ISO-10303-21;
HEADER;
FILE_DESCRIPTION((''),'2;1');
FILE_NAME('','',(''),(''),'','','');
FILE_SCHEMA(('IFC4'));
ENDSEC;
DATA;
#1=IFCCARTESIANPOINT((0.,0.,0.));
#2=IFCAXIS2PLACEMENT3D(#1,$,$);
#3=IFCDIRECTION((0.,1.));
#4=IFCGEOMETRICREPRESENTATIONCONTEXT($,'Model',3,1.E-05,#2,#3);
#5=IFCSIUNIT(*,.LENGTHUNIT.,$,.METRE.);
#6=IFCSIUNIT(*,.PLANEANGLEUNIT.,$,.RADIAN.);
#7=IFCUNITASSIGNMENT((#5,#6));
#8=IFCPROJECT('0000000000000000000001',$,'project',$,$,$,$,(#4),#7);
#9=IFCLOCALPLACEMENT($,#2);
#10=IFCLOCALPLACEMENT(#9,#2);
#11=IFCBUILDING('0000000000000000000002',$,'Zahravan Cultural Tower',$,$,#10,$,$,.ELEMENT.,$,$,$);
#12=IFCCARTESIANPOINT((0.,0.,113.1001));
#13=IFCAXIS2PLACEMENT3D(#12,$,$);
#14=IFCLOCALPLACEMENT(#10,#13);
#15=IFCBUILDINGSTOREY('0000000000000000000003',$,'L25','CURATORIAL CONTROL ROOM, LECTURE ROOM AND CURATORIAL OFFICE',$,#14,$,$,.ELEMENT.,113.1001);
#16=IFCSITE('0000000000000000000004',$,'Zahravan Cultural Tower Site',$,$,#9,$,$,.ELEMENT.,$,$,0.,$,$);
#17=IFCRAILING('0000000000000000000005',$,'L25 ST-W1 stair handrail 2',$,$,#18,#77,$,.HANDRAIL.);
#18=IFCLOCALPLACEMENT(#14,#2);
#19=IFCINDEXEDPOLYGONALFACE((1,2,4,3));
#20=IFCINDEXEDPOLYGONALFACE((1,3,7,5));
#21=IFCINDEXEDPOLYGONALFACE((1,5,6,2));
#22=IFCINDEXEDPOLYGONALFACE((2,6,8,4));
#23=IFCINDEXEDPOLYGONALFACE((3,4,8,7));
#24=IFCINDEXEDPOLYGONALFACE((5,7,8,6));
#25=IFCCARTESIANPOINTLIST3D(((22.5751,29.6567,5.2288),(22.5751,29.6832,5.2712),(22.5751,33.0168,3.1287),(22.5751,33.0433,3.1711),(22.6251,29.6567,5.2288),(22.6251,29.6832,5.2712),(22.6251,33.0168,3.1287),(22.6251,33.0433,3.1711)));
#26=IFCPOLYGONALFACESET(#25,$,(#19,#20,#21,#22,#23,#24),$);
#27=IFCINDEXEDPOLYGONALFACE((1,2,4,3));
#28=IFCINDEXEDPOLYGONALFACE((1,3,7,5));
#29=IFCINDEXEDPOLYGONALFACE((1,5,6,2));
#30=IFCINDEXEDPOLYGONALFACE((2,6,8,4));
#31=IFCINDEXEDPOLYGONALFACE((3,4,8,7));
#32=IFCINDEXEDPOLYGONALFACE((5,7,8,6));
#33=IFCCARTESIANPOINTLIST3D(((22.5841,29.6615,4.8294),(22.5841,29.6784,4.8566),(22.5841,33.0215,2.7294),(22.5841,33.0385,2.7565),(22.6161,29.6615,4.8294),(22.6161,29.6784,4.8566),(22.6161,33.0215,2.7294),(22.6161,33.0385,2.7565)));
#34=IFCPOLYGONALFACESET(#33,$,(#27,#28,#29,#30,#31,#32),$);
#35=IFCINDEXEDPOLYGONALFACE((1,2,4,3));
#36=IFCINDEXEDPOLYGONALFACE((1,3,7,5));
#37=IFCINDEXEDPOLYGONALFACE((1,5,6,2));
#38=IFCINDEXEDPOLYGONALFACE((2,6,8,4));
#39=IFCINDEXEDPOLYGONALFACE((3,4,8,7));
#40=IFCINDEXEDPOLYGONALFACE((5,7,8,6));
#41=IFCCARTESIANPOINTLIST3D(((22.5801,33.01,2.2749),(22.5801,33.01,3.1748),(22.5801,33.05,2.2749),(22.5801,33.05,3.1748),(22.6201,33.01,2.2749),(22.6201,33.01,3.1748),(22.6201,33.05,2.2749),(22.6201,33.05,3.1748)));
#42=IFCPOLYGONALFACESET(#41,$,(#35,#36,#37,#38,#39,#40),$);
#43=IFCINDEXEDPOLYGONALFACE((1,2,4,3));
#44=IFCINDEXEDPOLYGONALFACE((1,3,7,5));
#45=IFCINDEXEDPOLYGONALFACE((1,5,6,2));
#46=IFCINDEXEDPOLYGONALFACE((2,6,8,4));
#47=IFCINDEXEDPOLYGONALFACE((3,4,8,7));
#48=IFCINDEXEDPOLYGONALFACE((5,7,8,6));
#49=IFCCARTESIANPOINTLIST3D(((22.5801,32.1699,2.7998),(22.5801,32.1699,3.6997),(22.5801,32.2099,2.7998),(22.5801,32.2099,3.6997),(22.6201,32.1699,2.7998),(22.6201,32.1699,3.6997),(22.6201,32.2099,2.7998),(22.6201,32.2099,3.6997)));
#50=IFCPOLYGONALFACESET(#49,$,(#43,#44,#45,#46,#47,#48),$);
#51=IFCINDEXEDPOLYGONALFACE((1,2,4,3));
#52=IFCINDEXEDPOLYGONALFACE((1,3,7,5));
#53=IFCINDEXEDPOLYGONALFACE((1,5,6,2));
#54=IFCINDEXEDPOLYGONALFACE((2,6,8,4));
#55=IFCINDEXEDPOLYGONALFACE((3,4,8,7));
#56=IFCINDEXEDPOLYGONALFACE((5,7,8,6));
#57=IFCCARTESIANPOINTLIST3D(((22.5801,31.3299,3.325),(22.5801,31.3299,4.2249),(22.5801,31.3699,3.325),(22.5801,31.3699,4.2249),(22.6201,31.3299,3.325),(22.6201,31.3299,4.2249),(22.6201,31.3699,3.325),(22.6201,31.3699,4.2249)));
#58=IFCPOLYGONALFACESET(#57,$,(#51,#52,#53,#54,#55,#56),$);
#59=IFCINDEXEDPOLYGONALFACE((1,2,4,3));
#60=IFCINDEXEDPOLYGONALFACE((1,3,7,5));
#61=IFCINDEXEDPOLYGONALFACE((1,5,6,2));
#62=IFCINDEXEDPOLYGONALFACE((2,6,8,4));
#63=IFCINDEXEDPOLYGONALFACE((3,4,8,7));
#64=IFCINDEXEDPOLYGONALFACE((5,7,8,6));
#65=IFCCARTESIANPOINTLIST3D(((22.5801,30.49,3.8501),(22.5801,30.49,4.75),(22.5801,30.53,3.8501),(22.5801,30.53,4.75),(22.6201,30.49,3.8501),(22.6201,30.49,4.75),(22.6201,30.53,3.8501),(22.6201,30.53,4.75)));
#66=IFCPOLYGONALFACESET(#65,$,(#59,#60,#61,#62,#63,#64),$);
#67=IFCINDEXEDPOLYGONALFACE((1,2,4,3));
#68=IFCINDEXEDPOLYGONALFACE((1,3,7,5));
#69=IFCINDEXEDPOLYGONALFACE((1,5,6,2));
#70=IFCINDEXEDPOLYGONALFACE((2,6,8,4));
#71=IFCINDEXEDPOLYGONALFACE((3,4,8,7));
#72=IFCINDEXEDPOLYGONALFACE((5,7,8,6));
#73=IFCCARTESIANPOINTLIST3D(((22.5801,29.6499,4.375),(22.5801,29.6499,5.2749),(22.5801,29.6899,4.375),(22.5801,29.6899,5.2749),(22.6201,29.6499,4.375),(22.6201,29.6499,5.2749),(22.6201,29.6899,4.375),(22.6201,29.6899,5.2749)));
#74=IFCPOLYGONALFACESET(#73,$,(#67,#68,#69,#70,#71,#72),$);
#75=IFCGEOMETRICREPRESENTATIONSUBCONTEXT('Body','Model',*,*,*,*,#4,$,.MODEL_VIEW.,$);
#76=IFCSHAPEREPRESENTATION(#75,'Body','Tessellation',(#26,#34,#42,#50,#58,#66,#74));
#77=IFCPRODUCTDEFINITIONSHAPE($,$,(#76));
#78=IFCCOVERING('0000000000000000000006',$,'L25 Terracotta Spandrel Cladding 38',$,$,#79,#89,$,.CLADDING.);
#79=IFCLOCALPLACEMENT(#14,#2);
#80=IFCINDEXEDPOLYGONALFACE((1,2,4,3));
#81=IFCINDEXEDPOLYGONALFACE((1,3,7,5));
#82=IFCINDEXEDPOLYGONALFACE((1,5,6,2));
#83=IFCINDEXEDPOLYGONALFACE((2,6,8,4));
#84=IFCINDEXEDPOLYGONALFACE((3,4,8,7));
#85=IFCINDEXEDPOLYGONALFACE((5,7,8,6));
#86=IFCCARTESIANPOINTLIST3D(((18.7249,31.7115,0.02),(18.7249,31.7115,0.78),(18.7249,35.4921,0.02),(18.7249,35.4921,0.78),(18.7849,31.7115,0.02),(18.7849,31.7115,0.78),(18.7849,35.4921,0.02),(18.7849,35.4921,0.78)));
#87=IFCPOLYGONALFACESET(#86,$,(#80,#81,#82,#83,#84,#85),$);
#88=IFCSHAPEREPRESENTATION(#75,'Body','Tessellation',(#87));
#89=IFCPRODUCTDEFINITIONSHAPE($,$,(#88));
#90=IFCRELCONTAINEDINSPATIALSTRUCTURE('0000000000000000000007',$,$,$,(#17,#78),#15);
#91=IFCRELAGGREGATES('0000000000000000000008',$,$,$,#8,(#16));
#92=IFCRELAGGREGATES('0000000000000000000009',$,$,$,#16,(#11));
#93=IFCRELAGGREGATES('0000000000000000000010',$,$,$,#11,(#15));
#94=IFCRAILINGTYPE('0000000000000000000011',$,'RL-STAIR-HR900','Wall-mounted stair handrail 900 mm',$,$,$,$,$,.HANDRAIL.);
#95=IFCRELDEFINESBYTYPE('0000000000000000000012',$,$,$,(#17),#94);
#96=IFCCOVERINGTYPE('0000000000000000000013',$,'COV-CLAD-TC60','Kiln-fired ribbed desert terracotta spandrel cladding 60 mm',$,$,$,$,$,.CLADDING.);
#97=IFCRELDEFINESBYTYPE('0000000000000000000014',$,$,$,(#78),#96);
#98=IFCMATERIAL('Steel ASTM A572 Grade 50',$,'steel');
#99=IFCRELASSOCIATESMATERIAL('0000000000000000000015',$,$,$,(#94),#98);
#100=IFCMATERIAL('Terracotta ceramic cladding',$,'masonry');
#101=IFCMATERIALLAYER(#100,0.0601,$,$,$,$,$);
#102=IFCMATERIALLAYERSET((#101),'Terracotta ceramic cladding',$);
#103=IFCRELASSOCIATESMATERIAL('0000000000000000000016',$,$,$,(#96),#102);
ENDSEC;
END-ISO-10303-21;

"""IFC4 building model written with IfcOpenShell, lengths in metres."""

from ifc_helpers import new_model, si_unit, direction, frame, origin, origin_2d, place, context, subcontext, project, spatial, rectangle, extrude, source, transform, mapped, material, layer, layer_set, type_object, element, save


model = new_model("IFC4")

# Units and contexts
model_context = context("Model", 3, precision=1e-05, world=origin(), true_north=direction((0.0, 1.0)))
body_context = subcontext(model_context, "Body", "Model", "MODEL_VIEW")
ifc_project = project(units=[si_unit("LENGTHUNIT", "METRE"), si_unit("PLANEANGLEUNIT", "RADIAN")], contexts=[model_context])

# Site, building, storey
site_placement = place(None, origin())
site = spatial("IfcSite", under=ifc_project, at=site_placement, Name="Zahravan Cultural Tower Site", CompositionType="ELEMENT", RefElevation=0.0)
building_placement = place(site_placement, origin())
building = spatial("IfcBuilding", under=site, at=building_placement, Name="Zahravan Cultural Tower", CompositionType="ELEMENT")
storey_placement = place(building_placement, frame((0.0, 0.0, 113.1001)))
storey = spatial("IfcBuildingStorey", under=building, at=storey_placement, Name="L25", Description="CURATORIAL CONTROL ROOM, LECTURE ROOM AND CURATORIAL OFFICE", CompositionType="ELEMENT", Elevation=113.1001)

# Shared definitions
ifc_material_1 = material(Name="Steel ASTM A572 Grade 50", Category="steel")

# Railing
railing_type_1 = type_object("IfcRailingType", Name="RL-STAIR-HR900", Description="Wall-mounted stair handrail 900 mm", PredefinedType="HANDRAIL", material=ifc_material_1)
railing_1_placement = place(storey_placement, frame((22.6001, 33.03, 2.2749)))
element("IfcRailing", 1, at=railing_1_placement, inside=storey, type_object=railing_type_1, Name="L25 ST-W1 stair handrail 2", PredefinedType="HANDRAIL", context=body_context, shape_type="SweptSolid", body=[
    extrude(rectangle(XDim=0.05, YDim=0.05, at=origin_2d()), frame((0.0, 0.0, 0.875), z_axis=(0.0, -0.847995, 0.530004), x_axis=(1.0, 0.0, 0.0)), (0.0, 0.0, 1.0), 3.9624),
    extrude(rectangle(XDim=0.032, YDim=0.032, at=origin_2d()), frame((0.0, 0.0, 0.468), z_axis=(0.0, -0.847995, 0.530004), x_axis=(1.0, 0.0, 0.0)), (0.0, 0.0, 1.0), 3.9624),
    extrude(rectangle(XDim=0.04, YDim=0.04, at=origin_2d()), origin(), (0.0, 0.0, 1.0), 0.8999),
    extrude(rectangle(XDim=0.04, YDim=0.04, at=origin_2d()), frame((0.0, -0.8401, 0.5249)), (0.0, 0.0, 1.0), 0.8999),
    extrude(rectangle(XDim=0.04, YDim=0.04, at=origin_2d()), frame((0.0, -1.6802, 1.05)), (0.0, 0.0, 1.0), 0.8999),
    extrude(rectangle(XDim=0.04, YDim=0.04, at=origin_2d()), frame((0.0, -2.52, 1.5752)), (0.0, 0.0, 1.0), 0.8999),
    extrude(rectangle(XDim=0.04, YDim=0.04, at=origin_2d()), frame((0.0, -3.3601, 2.1001)), (0.0, 0.0, 1.0), 0.8999),
])

# Covering
ifc_material_2 = material(Name="Terracotta ceramic cladding", Category="masonry")
ifc_layer_1 = layer(ifc_material_2, 0.0601)
ifc_layer_set_1 = layer_set([ifc_layer_1], Name="Terracotta ceramic cladding")
covering_type = type_object("IfcCoveringType", Name="COV-CLAD-TC60", Description="Kiln-fired ribbed desert terracotta spandrel cladding 60 mm", PredefinedType="CLADDING", material=ifc_layer_set_1)
shared_shape_1 = source(origin(), body_context, "Body", "SweptSolid", [
    extrude(rectangle(XDim=3.7805, YDim=0.0601, at=origin_2d()), origin(), (0.0, 0.0, 1.0), 0.76),
])
covering_placement = place(storey_placement, frame((18.7549, 33.6018, 0.02), z_axis=(0.0, 0.0, 1.0), x_axis=(0.0, 1.0, 0.0)))
element("IfcCovering", 2, at=covering_placement, inside=storey, type_object=covering_type, Name="L25 Terracotta Spandrel Cladding 38", PredefinedType="CLADDING", context=body_context, shape_type="MappedRepresentation", body=[
    mapped(shared_shape_1, transform((0.0, 0.0, 0.0), x_axis=(1.0, 0.0, 0.0), y_axis=(0.0, 1.0, 0.0), z_axis=(0.0, 0.0, 1.0), scale=1.0)),
])

save(model, "model.ifc")
